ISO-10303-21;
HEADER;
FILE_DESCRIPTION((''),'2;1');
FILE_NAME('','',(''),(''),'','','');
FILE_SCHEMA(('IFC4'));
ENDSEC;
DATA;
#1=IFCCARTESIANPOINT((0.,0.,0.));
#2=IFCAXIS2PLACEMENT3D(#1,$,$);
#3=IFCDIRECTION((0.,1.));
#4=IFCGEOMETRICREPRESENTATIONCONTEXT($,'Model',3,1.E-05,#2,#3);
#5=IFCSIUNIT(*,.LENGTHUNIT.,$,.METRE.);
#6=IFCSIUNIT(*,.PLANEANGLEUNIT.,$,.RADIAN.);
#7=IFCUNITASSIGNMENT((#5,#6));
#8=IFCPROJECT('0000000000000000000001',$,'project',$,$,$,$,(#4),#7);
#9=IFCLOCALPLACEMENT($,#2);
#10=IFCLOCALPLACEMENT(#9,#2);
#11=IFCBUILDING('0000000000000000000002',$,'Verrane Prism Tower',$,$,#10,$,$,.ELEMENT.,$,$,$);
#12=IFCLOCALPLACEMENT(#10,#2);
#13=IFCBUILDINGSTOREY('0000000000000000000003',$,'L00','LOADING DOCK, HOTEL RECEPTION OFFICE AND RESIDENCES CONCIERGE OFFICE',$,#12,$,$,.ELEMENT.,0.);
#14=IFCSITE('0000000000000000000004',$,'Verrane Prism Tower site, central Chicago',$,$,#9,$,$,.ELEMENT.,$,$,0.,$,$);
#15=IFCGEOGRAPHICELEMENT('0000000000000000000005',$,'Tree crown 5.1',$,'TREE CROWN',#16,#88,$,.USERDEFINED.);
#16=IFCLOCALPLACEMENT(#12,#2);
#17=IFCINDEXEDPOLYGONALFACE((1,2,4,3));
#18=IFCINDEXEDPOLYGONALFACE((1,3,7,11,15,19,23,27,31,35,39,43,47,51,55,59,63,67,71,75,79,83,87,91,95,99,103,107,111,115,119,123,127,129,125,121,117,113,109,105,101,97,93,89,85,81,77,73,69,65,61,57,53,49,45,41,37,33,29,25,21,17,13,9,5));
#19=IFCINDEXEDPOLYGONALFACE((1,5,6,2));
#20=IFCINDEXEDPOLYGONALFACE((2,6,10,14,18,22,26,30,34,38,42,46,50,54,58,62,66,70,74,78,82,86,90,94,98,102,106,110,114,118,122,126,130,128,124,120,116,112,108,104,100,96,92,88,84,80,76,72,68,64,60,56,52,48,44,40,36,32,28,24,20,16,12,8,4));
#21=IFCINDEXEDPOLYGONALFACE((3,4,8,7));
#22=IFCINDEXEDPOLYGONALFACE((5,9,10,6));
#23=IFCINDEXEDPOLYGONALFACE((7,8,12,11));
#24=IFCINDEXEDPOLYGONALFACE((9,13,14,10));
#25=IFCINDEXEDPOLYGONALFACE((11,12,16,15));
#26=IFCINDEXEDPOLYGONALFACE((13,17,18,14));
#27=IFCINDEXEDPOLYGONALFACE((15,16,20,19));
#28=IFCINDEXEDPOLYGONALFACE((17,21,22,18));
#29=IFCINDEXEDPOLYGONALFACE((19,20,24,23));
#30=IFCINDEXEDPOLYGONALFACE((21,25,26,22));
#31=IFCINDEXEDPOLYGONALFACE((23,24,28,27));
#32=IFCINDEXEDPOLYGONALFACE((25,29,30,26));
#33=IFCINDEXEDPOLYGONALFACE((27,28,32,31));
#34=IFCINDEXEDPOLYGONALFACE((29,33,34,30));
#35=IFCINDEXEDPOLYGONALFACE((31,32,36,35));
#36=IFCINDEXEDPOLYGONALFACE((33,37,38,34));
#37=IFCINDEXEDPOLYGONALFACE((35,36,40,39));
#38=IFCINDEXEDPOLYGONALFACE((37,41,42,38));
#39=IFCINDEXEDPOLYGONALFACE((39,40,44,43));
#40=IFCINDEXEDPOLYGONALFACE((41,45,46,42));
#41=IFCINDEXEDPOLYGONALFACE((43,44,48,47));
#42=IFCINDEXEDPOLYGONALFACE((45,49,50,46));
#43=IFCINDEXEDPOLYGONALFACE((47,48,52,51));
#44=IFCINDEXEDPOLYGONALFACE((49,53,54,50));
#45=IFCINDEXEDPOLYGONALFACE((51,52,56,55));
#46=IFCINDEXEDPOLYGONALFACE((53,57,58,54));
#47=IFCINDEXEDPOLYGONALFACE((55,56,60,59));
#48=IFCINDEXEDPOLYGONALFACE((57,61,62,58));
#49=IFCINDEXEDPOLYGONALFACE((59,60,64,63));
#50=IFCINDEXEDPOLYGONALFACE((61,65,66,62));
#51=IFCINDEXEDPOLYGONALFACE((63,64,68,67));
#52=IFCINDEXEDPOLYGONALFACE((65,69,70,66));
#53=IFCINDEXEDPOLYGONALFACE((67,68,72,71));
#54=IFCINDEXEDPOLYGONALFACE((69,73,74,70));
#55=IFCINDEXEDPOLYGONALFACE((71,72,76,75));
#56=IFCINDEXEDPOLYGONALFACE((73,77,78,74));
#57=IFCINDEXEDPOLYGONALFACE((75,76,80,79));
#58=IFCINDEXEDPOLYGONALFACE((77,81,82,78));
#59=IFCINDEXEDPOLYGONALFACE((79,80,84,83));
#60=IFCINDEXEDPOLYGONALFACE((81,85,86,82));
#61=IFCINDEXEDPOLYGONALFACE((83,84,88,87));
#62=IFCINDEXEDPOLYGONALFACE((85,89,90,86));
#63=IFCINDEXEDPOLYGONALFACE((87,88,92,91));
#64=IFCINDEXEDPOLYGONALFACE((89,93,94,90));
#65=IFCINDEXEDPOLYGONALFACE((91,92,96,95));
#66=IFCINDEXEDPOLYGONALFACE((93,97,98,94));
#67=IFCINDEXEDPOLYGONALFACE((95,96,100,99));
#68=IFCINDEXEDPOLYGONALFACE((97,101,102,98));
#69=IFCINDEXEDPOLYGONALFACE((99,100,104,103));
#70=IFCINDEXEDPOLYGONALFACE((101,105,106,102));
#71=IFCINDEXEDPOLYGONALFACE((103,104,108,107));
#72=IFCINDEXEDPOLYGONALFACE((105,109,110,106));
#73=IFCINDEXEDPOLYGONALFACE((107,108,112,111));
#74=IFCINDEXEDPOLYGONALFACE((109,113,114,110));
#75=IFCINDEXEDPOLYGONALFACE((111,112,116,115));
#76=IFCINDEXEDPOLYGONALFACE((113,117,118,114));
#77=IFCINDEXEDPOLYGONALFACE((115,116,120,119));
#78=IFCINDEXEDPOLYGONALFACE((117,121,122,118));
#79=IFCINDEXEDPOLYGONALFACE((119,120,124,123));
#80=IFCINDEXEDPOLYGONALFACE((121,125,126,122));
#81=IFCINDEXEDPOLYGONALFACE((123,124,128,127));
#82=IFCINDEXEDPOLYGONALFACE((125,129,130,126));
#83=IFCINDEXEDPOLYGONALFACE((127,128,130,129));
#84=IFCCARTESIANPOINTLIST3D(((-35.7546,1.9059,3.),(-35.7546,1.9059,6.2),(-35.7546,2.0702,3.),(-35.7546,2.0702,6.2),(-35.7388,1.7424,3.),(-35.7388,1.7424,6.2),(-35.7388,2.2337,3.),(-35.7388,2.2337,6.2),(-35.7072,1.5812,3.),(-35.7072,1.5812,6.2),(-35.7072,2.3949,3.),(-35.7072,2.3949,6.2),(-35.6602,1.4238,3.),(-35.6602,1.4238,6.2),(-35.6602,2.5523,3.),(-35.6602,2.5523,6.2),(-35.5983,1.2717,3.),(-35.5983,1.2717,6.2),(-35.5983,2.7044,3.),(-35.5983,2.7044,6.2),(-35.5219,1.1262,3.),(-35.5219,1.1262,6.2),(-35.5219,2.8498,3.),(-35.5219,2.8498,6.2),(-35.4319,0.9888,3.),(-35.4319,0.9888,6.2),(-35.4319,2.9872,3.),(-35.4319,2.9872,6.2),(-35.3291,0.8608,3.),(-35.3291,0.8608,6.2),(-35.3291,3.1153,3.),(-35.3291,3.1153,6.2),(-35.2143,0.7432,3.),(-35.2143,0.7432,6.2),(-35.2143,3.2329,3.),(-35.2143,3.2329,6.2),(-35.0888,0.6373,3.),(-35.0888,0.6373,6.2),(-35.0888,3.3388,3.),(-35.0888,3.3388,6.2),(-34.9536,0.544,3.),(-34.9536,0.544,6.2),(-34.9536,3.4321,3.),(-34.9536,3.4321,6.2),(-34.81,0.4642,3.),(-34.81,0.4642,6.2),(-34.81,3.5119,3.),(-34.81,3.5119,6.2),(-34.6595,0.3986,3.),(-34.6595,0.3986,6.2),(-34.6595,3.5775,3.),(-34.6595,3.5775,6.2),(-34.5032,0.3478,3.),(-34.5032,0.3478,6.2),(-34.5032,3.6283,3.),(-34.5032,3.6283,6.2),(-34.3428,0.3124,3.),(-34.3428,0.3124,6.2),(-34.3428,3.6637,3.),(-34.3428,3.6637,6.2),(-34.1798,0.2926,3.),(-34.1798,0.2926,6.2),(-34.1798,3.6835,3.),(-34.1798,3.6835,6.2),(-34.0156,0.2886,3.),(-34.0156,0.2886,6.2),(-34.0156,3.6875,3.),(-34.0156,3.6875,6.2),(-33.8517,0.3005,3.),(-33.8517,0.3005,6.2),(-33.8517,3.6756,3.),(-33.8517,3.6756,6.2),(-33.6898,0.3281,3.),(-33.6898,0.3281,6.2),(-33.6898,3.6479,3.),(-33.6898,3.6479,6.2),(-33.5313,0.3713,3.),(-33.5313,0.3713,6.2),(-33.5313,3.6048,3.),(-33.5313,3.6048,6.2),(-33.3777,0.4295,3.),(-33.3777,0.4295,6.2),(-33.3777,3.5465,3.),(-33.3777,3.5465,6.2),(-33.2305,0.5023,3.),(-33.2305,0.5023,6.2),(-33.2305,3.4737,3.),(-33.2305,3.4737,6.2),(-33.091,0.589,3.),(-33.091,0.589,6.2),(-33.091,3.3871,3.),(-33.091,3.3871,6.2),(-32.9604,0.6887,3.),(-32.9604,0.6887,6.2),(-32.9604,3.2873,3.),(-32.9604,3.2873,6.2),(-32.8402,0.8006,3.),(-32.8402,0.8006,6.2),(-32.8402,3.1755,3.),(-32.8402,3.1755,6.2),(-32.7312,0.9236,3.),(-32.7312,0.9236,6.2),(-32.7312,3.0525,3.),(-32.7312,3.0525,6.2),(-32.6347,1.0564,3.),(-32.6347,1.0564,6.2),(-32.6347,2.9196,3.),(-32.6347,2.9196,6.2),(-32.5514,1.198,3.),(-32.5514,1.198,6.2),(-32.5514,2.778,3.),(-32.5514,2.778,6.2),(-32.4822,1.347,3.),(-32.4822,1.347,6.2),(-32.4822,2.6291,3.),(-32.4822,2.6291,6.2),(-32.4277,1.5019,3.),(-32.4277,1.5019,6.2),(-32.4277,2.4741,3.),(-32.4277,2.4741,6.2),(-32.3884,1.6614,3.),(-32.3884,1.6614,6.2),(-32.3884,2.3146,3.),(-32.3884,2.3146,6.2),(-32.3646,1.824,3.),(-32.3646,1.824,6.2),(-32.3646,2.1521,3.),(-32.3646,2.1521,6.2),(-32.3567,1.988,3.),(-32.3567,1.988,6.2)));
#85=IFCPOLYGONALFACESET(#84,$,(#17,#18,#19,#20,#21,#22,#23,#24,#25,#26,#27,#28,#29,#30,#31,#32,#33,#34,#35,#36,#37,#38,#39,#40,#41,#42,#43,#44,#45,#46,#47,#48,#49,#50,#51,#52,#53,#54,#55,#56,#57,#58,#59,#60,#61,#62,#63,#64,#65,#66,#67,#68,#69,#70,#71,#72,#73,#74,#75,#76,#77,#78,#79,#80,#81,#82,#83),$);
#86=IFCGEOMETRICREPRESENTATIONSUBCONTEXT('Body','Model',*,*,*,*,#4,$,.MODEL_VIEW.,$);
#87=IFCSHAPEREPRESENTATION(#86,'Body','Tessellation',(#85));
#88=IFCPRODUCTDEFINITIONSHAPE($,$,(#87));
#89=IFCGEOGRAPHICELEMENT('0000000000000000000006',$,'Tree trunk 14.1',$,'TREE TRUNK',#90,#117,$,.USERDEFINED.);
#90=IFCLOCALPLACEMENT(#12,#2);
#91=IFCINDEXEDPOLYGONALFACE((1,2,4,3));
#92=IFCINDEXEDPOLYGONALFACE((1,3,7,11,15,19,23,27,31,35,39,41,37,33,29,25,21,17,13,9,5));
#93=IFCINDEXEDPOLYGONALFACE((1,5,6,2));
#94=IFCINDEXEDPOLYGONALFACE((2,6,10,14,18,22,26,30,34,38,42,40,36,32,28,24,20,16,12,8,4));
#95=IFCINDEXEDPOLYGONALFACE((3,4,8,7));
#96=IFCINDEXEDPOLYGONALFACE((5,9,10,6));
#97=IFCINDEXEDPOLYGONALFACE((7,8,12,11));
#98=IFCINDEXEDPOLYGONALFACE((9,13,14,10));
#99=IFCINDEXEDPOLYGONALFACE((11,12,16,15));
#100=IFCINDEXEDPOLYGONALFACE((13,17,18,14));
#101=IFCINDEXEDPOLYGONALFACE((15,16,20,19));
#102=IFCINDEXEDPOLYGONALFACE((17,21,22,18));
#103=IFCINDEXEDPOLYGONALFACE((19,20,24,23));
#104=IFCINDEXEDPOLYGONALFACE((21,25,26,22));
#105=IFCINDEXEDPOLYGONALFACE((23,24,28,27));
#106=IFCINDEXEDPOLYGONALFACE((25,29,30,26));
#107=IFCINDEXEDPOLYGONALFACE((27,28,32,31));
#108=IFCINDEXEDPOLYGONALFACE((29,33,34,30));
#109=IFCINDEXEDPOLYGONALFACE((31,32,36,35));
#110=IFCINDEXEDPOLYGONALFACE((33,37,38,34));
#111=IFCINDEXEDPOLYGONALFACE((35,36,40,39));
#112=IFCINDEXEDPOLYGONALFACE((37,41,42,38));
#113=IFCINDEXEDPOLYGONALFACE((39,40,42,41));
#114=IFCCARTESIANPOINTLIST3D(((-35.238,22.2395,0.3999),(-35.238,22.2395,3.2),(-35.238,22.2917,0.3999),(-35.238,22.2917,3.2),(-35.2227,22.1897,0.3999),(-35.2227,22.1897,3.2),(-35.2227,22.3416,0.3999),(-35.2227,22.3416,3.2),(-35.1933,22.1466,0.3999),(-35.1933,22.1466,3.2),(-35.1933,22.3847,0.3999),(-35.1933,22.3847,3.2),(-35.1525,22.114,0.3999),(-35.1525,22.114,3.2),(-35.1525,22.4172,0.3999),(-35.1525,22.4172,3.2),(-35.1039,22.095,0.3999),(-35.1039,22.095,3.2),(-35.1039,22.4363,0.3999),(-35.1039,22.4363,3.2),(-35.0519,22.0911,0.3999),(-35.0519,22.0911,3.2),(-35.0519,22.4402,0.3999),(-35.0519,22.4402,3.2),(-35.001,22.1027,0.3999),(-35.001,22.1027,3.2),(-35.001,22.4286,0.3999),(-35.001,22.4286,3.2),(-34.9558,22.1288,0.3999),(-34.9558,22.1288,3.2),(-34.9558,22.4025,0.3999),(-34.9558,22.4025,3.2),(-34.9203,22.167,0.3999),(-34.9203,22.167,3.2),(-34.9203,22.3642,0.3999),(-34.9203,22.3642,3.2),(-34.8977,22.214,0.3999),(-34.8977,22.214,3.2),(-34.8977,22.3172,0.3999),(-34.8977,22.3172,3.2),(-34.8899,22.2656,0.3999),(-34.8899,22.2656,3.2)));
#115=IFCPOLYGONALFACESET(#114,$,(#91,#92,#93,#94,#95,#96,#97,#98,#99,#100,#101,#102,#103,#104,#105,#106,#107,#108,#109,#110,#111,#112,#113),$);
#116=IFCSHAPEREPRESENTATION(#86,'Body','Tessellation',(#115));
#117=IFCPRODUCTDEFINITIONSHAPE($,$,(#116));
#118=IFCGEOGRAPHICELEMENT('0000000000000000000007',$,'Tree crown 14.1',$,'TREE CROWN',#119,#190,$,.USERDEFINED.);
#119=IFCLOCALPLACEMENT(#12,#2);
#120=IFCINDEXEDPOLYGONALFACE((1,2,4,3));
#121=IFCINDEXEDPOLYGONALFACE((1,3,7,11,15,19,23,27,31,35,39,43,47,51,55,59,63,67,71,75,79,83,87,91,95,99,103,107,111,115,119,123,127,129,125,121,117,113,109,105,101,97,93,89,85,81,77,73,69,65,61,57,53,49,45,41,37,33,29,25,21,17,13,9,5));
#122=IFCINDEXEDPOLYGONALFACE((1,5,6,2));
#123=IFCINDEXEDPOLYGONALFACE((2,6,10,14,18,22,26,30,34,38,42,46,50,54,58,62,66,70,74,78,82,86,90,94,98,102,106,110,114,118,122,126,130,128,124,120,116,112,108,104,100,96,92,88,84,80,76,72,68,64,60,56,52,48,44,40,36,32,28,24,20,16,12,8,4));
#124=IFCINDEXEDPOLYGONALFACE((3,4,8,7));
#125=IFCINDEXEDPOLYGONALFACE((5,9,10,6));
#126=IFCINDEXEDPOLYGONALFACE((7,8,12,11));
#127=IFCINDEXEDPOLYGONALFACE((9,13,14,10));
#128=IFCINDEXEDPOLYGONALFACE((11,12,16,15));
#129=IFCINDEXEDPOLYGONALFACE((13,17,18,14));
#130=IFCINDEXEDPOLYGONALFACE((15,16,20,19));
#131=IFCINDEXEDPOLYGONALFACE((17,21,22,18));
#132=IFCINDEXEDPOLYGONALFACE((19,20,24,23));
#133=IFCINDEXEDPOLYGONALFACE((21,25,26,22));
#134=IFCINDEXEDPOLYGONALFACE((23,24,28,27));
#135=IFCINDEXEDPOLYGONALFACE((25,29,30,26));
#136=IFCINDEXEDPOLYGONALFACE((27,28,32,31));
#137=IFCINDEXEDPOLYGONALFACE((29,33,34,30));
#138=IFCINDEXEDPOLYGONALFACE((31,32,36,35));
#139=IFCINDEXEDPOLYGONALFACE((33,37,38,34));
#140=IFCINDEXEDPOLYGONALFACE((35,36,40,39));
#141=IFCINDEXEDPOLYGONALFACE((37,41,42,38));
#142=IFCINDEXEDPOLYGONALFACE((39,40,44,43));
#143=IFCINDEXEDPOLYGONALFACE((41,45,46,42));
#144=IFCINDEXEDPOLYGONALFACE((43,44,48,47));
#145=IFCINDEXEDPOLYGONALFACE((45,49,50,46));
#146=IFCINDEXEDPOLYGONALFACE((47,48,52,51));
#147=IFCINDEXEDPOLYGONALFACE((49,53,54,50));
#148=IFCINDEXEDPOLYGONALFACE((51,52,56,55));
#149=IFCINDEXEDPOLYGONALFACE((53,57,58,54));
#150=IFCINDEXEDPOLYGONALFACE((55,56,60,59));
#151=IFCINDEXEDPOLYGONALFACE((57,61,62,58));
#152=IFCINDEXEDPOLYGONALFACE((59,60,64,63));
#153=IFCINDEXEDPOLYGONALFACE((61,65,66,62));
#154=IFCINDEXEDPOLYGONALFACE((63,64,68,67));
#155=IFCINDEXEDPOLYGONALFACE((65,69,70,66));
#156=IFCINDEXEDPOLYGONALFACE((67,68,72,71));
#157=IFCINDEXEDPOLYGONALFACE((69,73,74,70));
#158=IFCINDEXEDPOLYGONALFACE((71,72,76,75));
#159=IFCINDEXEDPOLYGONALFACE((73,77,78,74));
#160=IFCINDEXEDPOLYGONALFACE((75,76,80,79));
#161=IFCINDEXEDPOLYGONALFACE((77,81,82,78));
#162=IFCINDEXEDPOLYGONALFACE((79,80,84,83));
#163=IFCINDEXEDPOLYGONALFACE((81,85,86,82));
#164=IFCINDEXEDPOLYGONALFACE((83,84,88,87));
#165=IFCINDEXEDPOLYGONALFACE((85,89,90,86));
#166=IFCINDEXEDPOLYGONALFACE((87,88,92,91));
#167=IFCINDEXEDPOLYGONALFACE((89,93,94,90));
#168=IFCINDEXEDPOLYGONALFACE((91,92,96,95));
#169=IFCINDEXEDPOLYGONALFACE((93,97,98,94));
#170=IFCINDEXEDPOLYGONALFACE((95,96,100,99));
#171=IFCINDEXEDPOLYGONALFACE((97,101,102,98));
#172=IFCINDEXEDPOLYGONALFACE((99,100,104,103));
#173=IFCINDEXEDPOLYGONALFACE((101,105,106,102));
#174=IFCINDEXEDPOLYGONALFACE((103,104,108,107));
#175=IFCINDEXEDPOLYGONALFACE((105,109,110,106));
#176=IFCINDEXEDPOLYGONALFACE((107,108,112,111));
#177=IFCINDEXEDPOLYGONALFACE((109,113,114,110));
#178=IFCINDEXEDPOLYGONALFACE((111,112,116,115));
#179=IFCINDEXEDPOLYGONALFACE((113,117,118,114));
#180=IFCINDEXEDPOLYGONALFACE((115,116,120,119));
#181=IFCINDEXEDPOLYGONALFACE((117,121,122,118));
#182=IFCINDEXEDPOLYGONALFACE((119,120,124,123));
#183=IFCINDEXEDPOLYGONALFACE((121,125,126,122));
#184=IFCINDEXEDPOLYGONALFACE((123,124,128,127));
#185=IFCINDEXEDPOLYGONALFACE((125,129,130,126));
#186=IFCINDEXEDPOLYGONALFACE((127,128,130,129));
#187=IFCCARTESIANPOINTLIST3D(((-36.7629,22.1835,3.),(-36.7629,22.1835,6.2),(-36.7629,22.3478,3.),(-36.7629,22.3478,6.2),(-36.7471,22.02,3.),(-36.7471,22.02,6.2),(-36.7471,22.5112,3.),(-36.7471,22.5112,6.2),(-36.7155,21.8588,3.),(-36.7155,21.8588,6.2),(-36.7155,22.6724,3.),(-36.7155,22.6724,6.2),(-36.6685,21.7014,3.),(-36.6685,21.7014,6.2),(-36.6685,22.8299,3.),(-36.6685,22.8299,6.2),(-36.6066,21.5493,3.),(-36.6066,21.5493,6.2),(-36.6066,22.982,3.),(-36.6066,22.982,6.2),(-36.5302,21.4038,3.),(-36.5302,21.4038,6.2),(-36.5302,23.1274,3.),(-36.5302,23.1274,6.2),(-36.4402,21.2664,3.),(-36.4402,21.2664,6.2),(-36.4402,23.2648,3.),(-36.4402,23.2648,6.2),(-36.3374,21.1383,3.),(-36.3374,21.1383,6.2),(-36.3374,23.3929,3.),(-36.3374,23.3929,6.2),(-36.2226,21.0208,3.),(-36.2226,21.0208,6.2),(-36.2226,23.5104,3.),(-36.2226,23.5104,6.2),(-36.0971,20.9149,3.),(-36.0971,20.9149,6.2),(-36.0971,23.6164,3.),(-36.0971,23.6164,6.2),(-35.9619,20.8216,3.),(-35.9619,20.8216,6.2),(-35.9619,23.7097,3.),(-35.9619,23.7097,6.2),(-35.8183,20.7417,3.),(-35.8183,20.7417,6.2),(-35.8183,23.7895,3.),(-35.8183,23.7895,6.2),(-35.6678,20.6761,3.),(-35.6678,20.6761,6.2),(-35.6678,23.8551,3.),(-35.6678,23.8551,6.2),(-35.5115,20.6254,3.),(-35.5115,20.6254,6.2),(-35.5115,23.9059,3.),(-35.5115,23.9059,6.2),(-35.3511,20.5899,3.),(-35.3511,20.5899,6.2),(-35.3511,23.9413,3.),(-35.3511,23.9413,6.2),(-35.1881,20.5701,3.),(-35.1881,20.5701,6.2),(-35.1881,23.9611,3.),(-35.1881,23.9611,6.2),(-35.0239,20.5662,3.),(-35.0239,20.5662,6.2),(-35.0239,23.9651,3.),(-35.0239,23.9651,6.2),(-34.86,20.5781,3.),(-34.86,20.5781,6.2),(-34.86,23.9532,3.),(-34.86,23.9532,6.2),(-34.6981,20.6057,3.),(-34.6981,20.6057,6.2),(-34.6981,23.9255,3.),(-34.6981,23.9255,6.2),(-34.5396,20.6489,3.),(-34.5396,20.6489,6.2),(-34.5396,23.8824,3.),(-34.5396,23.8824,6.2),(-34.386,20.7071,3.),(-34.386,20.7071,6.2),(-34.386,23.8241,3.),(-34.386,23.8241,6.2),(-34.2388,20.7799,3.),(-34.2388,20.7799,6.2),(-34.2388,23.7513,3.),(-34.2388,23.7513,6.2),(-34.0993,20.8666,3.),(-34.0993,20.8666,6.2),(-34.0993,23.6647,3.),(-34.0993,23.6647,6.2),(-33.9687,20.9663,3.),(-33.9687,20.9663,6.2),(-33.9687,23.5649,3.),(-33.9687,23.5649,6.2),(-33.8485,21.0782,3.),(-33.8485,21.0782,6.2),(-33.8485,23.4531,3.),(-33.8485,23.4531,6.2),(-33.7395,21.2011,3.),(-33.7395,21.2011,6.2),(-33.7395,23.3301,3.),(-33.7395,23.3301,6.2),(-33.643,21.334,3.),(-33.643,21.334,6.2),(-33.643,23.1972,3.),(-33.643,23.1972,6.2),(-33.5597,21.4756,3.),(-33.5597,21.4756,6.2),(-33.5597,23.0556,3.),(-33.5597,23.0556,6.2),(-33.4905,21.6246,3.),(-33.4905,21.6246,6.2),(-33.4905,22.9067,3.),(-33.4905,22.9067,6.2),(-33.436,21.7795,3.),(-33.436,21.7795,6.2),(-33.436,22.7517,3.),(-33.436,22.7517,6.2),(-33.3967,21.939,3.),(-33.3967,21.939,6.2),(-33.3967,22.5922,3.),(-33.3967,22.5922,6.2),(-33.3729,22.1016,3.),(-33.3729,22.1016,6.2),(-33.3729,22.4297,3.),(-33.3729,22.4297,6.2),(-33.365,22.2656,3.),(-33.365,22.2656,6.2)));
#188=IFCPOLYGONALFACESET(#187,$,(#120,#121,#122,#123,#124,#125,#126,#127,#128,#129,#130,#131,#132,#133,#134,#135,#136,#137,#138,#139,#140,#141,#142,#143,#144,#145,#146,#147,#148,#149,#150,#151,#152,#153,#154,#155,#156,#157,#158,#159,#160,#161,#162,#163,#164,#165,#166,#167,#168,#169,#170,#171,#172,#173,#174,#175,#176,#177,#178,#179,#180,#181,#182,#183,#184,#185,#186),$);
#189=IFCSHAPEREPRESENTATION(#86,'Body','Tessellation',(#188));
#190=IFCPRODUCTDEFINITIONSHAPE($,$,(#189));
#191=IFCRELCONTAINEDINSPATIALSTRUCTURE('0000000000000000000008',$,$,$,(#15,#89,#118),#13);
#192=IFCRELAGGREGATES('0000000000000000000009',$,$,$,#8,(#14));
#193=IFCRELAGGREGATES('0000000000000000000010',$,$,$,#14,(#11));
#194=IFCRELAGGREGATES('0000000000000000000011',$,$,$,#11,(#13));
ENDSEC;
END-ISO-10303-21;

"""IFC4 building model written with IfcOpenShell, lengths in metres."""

from ifc_helpers import new_model, si_unit, direction, frame, origin, origin_2d, place, context, subcontext, project, spatial, circle, extrude, element, save


model = new_model("IFC4")

# Units and contexts
model_context = context("Model", 3, precision=1e-05, world=origin(), true_north=direction((0.0, 1.0)))
body_context = subcontext(model_context, "Body", "Model", "MODEL_VIEW")
ifc_project = project(units=[si_unit("LENGTHUNIT", "METRE"), si_unit("PLANEANGLEUNIT", "RADIAN")], contexts=[model_context])

# Site, building, storey
site_placement = place(None, origin())
site = spatial("IfcSite", under=ifc_project, at=site_placement, Name="Verrane Prism Tower site, central Chicago", CompositionType="ELEMENT", RefElevation=0.0)
building_placement = place(site_placement, origin())
building = spatial("IfcBuilding", under=site, at=building_placement, Name="Verrane Prism Tower", CompositionType="ELEMENT")
storey_placement = place(building_placement, origin())
storey = spatial("IfcBuildingStorey", under=building, at=storey_placement, Name="L00", Description="LOADING DOCK, HOTEL RECEPTION OFFICE AND RESIDENCES CONCIERGE OFFICE", CompositionType="ELEMENT", Elevation=0.0)

# Geographic elements
geographic_element_1_placement = place(storey_placement, frame((-34.0566, 1.988, 6.2), z_axis=(0.0, 0.0, -1.0), x_axis=(1.0, 0.0, 0.0)))
element("IfcGeographicElement", 1, at=geographic_element_1_placement, inside=storey, Name="Tree crown 5.1", ObjectType="TREE CROWN", PredefinedType="USERDEFINED", context=body_context, shape_type="SweptSolid", body=[
    extrude(circle(Radius=1.7, at=origin_2d()), origin(), (0.0, 0.0, 1.0), 3.2),
])
geographic_element_2_placement = place(storey_placement, frame((-35.0649, 22.2656, 3.2), z_axis=(0.0, 0.0, -1.0), x_axis=(1.0, 0.0, 0.0)))
element("IfcGeographicElement", 2, at=geographic_element_2_placement, inside=storey, Name="Tree trunk 14.1", ObjectType="TREE TRUNK", PredefinedType="USERDEFINED", context=body_context, shape_type="SweptSolid", body=[
    extrude(circle(Radius=0.175, at=origin_2d()), origin(), (0.0, 0.0, 1.0), 2.8),
])
geographic_element_3_placement = place(storey_placement, frame((-35.0649, 22.2656, 6.2), z_axis=(0.0, 0.0, -1.0), x_axis=(1.0, 0.0, 0.0)))
element("IfcGeographicElement", 3, at=geographic_element_3_placement, inside=storey, Name="Tree crown 14.1", ObjectType="TREE CROWN", PredefinedType="USERDEFINED", context=body_context, shape_type="SweptSolid", body=[
    extrude(circle(Radius=1.7, at=origin_2d()), origin(), (0.0, 0.0, 1.0), 3.2),
])

save(model, "model.ifc")
